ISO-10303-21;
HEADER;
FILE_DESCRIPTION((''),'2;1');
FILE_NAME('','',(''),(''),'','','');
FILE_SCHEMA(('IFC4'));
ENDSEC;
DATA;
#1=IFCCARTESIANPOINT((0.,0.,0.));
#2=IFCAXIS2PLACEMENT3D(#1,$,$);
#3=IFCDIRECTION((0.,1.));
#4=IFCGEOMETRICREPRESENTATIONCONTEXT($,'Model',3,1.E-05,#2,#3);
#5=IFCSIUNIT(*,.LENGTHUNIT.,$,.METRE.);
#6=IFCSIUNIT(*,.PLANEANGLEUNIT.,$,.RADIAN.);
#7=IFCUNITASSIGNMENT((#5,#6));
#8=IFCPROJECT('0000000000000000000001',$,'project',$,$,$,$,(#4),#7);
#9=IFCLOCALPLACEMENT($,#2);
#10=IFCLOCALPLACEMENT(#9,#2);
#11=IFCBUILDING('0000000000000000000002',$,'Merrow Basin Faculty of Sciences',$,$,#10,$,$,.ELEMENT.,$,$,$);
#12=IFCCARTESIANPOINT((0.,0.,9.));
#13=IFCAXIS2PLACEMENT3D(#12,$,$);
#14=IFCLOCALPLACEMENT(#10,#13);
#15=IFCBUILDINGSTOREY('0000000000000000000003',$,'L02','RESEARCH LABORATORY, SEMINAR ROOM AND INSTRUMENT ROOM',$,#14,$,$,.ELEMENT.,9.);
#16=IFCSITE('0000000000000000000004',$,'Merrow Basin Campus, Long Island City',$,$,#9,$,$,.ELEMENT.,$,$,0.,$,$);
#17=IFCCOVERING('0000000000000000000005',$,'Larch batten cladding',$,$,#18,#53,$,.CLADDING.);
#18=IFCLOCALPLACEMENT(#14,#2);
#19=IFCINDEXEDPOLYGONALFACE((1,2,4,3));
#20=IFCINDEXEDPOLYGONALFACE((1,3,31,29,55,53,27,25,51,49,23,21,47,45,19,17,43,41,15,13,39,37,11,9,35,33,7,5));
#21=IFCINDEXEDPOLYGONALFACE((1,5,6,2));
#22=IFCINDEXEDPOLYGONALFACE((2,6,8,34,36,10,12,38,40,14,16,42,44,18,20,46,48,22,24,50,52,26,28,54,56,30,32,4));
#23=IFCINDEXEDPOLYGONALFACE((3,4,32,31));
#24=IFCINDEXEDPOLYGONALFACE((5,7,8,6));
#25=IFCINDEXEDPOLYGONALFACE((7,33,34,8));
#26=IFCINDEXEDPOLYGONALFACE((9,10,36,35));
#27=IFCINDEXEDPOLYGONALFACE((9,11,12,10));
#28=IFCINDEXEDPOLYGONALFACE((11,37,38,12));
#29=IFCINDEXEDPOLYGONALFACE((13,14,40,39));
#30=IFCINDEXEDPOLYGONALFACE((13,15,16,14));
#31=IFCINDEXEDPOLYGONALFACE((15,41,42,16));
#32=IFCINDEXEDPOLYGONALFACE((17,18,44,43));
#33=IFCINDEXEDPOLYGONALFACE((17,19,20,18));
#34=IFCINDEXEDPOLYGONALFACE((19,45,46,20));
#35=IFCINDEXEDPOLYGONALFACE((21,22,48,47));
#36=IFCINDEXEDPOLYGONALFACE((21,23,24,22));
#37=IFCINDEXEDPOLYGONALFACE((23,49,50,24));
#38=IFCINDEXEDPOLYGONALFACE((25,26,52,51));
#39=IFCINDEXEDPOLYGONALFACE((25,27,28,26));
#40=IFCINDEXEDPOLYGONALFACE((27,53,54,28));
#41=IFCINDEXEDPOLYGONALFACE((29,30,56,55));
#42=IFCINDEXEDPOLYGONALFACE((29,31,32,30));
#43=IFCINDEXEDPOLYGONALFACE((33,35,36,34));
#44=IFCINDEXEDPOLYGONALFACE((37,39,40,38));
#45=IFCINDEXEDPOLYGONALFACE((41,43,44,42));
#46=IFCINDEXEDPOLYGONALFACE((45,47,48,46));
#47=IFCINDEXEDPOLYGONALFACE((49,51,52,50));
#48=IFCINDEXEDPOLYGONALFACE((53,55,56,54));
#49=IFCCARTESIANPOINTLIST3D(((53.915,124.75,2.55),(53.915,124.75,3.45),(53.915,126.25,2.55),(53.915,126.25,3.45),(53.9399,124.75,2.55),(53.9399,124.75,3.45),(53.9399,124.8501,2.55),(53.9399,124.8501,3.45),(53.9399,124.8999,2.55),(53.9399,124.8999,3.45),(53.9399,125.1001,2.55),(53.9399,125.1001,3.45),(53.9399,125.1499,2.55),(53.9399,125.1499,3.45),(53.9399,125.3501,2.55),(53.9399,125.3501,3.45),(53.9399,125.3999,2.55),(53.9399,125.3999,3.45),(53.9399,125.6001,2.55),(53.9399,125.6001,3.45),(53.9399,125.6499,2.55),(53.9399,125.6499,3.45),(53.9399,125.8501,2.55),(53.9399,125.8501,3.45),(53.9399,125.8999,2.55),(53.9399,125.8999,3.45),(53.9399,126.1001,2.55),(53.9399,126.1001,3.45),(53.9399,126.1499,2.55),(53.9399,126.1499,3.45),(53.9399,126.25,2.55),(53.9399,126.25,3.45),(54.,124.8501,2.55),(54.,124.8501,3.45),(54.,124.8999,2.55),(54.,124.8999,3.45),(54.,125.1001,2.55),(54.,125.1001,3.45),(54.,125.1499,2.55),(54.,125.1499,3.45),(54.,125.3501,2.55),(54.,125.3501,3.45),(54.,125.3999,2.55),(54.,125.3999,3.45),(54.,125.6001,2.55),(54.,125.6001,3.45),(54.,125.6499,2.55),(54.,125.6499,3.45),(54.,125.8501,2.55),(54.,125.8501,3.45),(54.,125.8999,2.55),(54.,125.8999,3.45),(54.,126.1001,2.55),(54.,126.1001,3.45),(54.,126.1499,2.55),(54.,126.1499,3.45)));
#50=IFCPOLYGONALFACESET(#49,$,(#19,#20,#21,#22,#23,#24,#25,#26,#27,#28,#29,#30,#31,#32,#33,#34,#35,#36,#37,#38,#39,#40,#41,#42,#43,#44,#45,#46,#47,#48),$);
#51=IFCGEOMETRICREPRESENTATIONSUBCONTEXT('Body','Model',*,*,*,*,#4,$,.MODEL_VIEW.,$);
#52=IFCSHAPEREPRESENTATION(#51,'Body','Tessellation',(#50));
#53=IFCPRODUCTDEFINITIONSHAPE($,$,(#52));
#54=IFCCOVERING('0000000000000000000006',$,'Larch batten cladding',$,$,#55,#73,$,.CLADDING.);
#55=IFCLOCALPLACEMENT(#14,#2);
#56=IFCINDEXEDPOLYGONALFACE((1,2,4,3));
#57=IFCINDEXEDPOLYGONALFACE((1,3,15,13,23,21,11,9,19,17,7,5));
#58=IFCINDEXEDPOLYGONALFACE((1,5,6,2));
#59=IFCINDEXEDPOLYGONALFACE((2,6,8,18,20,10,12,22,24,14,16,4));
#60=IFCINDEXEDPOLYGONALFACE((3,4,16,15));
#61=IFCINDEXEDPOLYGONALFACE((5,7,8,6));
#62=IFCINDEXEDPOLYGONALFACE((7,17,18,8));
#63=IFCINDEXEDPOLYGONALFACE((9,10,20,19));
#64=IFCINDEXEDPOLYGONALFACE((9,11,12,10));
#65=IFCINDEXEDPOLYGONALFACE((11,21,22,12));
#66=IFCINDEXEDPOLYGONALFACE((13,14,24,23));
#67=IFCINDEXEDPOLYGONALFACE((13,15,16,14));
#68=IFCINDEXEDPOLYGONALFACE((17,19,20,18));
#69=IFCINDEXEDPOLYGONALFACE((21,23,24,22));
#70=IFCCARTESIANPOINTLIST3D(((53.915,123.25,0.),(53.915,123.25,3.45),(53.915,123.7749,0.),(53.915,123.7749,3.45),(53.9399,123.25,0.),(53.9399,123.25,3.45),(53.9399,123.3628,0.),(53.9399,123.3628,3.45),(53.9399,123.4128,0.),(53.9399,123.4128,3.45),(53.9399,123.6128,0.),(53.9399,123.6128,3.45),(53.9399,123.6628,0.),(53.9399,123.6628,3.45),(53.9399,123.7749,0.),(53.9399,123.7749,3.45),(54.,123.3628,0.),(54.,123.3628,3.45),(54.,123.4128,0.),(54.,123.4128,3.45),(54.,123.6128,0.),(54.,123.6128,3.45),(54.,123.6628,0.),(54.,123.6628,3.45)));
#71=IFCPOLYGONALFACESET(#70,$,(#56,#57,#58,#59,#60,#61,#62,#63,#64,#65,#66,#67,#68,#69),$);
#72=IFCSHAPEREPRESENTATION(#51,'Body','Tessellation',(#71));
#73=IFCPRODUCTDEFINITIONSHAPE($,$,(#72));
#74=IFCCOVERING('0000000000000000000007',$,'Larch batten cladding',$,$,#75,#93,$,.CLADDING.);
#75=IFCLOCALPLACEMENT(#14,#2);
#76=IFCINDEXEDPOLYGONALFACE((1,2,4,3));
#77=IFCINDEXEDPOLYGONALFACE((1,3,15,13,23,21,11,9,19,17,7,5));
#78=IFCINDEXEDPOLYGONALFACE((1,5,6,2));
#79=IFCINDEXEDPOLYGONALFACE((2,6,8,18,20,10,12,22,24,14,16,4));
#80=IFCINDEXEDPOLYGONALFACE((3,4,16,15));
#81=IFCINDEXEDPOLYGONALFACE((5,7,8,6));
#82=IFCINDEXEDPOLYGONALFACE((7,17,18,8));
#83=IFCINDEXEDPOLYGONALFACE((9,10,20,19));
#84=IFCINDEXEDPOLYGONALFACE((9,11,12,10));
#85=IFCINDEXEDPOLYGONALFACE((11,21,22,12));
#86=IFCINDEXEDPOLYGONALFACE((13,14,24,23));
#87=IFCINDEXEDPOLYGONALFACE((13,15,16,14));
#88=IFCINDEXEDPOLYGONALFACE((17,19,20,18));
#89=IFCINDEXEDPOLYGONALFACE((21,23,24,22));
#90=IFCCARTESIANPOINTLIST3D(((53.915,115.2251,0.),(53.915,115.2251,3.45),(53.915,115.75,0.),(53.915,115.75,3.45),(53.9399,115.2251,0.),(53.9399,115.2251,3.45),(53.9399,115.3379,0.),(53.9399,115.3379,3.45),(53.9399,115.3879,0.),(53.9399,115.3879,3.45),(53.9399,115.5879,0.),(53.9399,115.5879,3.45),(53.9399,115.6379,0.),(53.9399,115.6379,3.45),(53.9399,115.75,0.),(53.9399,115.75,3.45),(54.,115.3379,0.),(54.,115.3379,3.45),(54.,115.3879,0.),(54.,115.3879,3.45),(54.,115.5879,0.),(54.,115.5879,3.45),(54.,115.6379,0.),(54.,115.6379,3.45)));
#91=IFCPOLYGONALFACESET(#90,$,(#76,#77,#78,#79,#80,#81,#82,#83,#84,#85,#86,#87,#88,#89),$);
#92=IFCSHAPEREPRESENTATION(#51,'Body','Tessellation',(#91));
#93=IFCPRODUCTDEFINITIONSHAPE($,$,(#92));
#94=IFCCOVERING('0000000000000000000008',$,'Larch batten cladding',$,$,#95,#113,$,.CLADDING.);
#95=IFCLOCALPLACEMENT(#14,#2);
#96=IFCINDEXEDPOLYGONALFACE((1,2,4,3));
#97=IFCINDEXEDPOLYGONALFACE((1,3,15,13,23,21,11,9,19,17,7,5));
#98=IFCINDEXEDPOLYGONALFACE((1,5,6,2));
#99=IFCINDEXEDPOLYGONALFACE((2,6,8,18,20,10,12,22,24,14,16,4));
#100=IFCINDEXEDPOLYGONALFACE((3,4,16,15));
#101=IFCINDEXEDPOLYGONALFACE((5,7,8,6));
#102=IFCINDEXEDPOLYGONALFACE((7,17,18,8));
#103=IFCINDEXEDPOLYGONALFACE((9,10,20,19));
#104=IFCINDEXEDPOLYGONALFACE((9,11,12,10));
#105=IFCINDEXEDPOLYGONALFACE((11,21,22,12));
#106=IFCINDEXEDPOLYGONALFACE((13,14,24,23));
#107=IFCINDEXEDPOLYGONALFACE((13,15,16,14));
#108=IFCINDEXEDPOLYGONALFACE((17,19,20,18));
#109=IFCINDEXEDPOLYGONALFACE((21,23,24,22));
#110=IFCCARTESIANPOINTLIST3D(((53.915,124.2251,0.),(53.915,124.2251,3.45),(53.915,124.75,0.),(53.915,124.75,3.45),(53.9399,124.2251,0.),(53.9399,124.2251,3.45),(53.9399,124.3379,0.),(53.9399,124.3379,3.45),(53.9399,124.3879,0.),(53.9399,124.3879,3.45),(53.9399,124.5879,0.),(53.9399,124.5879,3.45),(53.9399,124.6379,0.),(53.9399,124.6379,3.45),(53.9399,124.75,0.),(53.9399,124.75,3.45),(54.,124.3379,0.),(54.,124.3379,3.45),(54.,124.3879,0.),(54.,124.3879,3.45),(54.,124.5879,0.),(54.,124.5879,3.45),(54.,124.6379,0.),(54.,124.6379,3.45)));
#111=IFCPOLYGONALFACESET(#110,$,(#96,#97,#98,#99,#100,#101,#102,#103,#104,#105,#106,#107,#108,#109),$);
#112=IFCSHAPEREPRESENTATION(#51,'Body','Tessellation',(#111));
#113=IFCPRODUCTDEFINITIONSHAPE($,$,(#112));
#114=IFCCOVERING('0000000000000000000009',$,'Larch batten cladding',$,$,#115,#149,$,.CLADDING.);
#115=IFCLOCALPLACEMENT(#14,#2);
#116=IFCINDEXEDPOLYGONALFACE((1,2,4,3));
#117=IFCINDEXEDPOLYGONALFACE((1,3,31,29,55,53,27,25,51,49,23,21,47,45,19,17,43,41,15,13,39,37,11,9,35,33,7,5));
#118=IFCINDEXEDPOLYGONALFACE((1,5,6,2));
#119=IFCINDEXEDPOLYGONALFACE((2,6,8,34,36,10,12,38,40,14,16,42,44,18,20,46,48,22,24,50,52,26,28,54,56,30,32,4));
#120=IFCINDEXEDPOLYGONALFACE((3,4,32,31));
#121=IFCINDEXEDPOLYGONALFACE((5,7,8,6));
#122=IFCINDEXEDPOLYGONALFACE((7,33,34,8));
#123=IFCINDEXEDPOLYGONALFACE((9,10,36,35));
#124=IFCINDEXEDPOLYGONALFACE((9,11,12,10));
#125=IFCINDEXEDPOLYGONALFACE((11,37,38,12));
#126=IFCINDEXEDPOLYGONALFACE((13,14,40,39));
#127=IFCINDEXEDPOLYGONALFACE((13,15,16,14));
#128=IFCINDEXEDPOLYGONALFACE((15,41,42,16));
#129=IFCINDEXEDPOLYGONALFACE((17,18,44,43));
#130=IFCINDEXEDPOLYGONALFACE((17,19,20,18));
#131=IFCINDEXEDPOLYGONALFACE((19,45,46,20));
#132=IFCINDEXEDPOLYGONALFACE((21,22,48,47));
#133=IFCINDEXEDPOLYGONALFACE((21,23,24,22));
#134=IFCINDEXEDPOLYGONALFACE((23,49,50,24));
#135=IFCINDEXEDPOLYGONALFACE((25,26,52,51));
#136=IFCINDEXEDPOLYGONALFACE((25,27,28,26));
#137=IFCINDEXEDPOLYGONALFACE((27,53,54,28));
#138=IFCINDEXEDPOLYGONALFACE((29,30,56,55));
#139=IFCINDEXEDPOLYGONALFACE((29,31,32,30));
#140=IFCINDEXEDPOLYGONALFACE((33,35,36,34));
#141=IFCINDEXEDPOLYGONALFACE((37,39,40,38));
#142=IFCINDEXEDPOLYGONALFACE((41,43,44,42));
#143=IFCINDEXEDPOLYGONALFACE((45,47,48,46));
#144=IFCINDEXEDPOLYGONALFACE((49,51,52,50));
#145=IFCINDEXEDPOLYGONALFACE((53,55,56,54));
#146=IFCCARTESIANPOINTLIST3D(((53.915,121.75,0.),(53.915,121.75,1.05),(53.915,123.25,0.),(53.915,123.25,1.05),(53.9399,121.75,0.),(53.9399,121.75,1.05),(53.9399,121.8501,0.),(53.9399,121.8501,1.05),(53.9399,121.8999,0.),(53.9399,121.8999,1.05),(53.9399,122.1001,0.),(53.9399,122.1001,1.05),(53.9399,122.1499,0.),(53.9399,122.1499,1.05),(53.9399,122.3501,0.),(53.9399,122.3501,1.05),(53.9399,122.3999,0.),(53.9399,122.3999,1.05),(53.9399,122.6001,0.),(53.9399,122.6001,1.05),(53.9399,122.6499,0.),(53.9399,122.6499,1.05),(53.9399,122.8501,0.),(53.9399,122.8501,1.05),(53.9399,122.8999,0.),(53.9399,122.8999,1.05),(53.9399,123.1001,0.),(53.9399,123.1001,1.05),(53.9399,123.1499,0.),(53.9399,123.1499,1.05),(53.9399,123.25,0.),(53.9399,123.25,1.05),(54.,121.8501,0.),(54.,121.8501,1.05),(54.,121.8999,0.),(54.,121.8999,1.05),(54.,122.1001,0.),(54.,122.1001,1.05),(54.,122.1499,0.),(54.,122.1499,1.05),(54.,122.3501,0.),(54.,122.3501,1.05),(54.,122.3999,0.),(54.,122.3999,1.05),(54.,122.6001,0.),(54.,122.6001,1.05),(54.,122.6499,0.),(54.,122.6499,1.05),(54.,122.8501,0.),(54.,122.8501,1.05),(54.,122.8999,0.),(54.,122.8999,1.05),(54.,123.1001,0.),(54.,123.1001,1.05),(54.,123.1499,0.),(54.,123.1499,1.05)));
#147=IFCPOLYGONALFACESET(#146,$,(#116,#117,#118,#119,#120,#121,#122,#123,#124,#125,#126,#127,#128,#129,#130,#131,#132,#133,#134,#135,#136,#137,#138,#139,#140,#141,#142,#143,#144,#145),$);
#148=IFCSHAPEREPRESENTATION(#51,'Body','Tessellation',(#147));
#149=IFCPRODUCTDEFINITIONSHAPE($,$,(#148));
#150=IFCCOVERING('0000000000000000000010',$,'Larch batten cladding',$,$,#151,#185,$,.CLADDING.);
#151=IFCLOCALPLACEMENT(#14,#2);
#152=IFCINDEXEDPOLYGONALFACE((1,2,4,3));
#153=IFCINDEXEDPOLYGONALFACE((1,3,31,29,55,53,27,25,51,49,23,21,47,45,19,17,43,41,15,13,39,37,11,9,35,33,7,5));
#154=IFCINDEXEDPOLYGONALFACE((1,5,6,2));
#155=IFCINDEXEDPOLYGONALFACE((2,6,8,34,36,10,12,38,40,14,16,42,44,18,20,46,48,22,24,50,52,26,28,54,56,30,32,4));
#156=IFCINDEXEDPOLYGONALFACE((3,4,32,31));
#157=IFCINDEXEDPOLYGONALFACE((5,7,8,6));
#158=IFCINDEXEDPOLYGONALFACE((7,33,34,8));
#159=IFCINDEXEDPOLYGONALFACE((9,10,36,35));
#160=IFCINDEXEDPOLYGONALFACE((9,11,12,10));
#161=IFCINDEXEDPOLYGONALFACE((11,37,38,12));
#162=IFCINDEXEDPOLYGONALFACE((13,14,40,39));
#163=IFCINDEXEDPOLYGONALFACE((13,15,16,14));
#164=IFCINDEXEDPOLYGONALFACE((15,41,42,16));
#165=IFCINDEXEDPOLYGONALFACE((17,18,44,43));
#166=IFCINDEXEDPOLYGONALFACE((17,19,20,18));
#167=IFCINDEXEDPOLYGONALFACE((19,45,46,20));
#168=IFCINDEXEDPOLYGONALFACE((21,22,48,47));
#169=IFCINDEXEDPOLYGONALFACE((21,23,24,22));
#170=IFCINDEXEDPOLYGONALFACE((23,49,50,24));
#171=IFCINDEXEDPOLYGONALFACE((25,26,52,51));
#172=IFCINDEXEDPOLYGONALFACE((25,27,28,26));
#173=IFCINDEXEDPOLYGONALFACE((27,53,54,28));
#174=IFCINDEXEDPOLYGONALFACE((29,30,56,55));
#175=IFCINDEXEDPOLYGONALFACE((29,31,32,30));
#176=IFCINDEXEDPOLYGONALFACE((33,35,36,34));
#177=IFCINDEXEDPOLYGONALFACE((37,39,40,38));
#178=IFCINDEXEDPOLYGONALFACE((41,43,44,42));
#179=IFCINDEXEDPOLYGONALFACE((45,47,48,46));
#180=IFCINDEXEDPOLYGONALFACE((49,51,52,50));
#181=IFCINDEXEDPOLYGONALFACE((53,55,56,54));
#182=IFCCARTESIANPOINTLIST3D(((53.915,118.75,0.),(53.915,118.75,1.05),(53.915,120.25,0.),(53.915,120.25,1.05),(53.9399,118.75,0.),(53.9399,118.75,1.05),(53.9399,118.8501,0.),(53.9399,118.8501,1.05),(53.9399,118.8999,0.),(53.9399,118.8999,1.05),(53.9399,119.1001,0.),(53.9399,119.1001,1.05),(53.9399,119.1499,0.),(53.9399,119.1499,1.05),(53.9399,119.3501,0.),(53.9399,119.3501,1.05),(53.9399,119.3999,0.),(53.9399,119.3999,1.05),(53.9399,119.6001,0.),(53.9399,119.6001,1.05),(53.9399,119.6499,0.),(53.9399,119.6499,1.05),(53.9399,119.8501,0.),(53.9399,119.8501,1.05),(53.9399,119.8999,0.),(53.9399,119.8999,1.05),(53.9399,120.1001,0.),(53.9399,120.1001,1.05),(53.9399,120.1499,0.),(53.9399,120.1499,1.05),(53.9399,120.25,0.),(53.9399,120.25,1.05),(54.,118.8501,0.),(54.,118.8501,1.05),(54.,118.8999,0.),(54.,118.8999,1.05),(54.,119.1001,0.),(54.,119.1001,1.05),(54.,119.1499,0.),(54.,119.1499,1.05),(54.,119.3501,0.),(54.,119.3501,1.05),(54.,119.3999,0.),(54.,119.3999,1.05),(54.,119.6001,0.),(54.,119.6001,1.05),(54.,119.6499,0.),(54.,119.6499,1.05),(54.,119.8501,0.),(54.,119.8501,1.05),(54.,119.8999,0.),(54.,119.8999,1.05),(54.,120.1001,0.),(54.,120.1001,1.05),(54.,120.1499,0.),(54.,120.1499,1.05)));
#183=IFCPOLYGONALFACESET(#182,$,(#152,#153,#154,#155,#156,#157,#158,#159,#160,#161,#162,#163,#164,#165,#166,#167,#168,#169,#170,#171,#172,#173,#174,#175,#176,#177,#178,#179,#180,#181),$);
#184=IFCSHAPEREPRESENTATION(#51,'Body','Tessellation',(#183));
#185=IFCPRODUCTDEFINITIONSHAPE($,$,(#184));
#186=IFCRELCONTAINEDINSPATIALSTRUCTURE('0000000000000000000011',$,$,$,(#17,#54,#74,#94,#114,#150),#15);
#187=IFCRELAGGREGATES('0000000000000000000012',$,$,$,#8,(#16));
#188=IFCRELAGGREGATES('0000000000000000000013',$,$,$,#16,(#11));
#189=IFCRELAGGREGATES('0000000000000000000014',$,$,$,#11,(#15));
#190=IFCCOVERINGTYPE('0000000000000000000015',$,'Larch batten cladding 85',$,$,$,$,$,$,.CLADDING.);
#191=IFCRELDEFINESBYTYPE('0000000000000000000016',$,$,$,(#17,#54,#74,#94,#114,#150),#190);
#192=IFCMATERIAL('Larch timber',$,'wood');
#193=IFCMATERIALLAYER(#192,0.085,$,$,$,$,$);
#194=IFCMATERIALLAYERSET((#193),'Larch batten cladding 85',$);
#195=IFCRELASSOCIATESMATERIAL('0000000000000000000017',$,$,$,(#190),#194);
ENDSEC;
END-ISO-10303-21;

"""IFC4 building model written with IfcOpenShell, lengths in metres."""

from ifc_helpers import new_model, si_unit, direction, frame, origin, place, context, subcontext, project, spatial, polyline, outline, extrude, source, transform, mapped, material, layer, layer_set, type_object, element, save


model = new_model("IFC4")

# Units and contexts
model_context = context("Model", 3, precision=1e-05, world=origin(), true_north=direction((0.0, 1.0)))
body_context = subcontext(model_context, "Body", "Model", "MODEL_VIEW")
ifc_project = project(units=[si_unit("LENGTHUNIT", "METRE"), si_unit("PLANEANGLEUNIT", "RADIAN")], contexts=[model_context])

# Site, building, storey
site_placement = place(None, origin())
site = spatial("IfcSite", under=ifc_project, at=site_placement, Name="Merrow Basin Campus, Long Island City", CompositionType="ELEMENT", RefElevation=0.0)
building_placement = place(site_placement, origin())
building = spatial("IfcBuilding", under=site, at=building_placement, Name="Merrow Basin Faculty of Sciences", CompositionType="ELEMENT")
storey_placement = place(building_placement, frame((0.0, 0.0, 9.0)))
storey = spatial("IfcBuildingStorey", under=building, at=storey_placement, Name="L02", Description="RESEARCH LABORATORY, SEMINAR ROOM AND INSTRUMENT ROOM", CompositionType="ELEMENT", Elevation=9.0)

# Coverings
ifc_material_1 = material(Name="Larch timber", Category="wood")
ifc_layer_1 = layer(ifc_material_1, 0.085)
ifc_layer_set_1 = layer_set([ifc_layer_1], Name="Larch batten cladding 85")
covering_type = type_object("IfcCoveringType", Name="Larch batten cladding 85", PredefinedType="CLADDING", material=ifc_layer_set_1)
shared_shape_1 = source(origin(), body_context, "Body", "SweptSolid", [
    extrude(outline(polyline([(0.0, 0.0), (1.5, 0.0), (1.5, 0.0249), (1.3999, 0.0249), (1.3999, 0.085), (1.3501, 0.085), (1.3501, 0.0249), (1.1499, 0.0249), (1.1499, 0.085), (1.1001, 0.085), (1.1001, 0.0249), (0.8999, 0.0249), (0.8999, 0.085), (0.8501, 0.085), (0.8501, 0.0249), (0.6499, 0.0249), (0.6499, 0.085), (0.6001, 0.085), (0.6001, 0.0249), (0.3999, 0.0249), (0.3999, 0.085), (0.3501, 0.085), (0.3501, 0.0249), (0.1499, 0.0249), (0.1499, 0.085), (0.1001, 0.085), (0.1001, 0.0249), (0.0, 0.0249), (0.0, 0.0)])), origin(), (0.0, 0.0, 1.0), 0.8999),
])
for number, where, z_axis, x_axis, name in (
    (1, (53.915, 126.25, 2.55), (0.0, 0.0, 1.0), (0.0, -1.0, 0.0), "Larch batten cladding"),
):
    element("IfcCovering", number, at=place(storey_placement, frame(where, z_axis=z_axis, x_axis=x_axis)), inside=storey, type_object=covering_type, Name=name, PredefinedType="CLADDING", context=body_context, shape_type="MappedRepresentation", body=[
        mapped(shared_shape_1, transform((0.0, 0.0, 0.0), scale=1.0)),
    ])
shared_shape_2 = source(origin(), body_context, "Body", "SweptSolid", [
    extrude(outline(polyline([(0.0, 0.0), (0.5249, 0.0), (0.5249, 0.0249), (0.4121, 0.0249), (0.4121, 0.085), (0.3621, 0.085), (0.3621, 0.0249), (0.1621, 0.0249), (0.1621, 0.085), (0.1121, 0.085), (0.1121, 0.0249), (0.0, 0.0249), (0.0, 0.0)])), origin(), (0.0, 0.0, 1.0), 3.45),
])
for number, where, z_axis, x_axis, name in (
    (2, (53.915, 123.7749, 0.0), (0.0, 0.0, 1.0), (0.0, -1.0, 0.0), "Larch batten cladding"),
    (3, (53.915, 115.75, 0.0), (0.0, 0.0, 1.0), (0.0, -1.0, 0.0), "Larch batten cladding"),
    (4, (53.915, 124.75, 0.0), (0.0, 0.0, 1.0), (0.0, -1.0, 0.0), "Larch batten cladding"),
):
    element("IfcCovering", number, at=place(storey_placement, frame(where, z_axis=z_axis, x_axis=x_axis)), inside=storey, type_object=covering_type, Name=name, PredefinedType="CLADDING", context=body_context, shape_type="MappedRepresentation", body=[
        mapped(shared_shape_2, transform((0.0, 0.0, 0.0), scale=1.0)),
    ])
shared_shape_3 = source(origin(), body_context, "Body", "SweptSolid", [
    extrude(outline(polyline([(0.0, 0.0), (1.5, 0.0), (1.5, 0.0249), (1.3999, 0.0249), (1.3999, 0.085), (1.3501, 0.085), (1.3501, 0.0249), (1.1499, 0.0249), (1.1499, 0.085), (1.1001, 0.085), (1.1001, 0.0249), (0.8999, 0.0249), (0.8999, 0.085), (0.8501, 0.085), (0.8501, 0.0249), (0.6499, 0.0249), (0.6499, 0.085), (0.6001, 0.085), (0.6001, 0.0249), (0.3999, 0.0249), (0.3999, 0.085), (0.3501, 0.085), (0.3501, 0.0249), (0.1499, 0.0249), (0.1499, 0.085), (0.1001, 0.085), (0.1001, 0.0249), (0.0, 0.0249), (0.0, 0.0)])), origin(), (0.0, 0.0, 1.0), 1.05),
])
for number, where, z_axis, x_axis, name in (
    (5, (53.915, 123.25, 0.0), (0.0, 0.0, 1.0), (0.0, -1.0, 0.0), "Larch batten cladding"),
    (6, (53.915, 120.25, 0.0), (0.0, 0.0, 1.0), (0.0, -1.0, 0.0), "Larch batten cladding"),
):
    element("IfcCovering", number, at=place(storey_placement, frame(where, z_axis=z_axis, x_axis=x_axis)), inside=storey, type_object=covering_type, Name=name, PredefinedType="CLADDING", context=body_context, shape_type="MappedRepresentation", body=[
        mapped(shared_shape_3, transform((0.0, 0.0, 0.0), scale=1.0)),
    ])

save(model, "model.ifc")
